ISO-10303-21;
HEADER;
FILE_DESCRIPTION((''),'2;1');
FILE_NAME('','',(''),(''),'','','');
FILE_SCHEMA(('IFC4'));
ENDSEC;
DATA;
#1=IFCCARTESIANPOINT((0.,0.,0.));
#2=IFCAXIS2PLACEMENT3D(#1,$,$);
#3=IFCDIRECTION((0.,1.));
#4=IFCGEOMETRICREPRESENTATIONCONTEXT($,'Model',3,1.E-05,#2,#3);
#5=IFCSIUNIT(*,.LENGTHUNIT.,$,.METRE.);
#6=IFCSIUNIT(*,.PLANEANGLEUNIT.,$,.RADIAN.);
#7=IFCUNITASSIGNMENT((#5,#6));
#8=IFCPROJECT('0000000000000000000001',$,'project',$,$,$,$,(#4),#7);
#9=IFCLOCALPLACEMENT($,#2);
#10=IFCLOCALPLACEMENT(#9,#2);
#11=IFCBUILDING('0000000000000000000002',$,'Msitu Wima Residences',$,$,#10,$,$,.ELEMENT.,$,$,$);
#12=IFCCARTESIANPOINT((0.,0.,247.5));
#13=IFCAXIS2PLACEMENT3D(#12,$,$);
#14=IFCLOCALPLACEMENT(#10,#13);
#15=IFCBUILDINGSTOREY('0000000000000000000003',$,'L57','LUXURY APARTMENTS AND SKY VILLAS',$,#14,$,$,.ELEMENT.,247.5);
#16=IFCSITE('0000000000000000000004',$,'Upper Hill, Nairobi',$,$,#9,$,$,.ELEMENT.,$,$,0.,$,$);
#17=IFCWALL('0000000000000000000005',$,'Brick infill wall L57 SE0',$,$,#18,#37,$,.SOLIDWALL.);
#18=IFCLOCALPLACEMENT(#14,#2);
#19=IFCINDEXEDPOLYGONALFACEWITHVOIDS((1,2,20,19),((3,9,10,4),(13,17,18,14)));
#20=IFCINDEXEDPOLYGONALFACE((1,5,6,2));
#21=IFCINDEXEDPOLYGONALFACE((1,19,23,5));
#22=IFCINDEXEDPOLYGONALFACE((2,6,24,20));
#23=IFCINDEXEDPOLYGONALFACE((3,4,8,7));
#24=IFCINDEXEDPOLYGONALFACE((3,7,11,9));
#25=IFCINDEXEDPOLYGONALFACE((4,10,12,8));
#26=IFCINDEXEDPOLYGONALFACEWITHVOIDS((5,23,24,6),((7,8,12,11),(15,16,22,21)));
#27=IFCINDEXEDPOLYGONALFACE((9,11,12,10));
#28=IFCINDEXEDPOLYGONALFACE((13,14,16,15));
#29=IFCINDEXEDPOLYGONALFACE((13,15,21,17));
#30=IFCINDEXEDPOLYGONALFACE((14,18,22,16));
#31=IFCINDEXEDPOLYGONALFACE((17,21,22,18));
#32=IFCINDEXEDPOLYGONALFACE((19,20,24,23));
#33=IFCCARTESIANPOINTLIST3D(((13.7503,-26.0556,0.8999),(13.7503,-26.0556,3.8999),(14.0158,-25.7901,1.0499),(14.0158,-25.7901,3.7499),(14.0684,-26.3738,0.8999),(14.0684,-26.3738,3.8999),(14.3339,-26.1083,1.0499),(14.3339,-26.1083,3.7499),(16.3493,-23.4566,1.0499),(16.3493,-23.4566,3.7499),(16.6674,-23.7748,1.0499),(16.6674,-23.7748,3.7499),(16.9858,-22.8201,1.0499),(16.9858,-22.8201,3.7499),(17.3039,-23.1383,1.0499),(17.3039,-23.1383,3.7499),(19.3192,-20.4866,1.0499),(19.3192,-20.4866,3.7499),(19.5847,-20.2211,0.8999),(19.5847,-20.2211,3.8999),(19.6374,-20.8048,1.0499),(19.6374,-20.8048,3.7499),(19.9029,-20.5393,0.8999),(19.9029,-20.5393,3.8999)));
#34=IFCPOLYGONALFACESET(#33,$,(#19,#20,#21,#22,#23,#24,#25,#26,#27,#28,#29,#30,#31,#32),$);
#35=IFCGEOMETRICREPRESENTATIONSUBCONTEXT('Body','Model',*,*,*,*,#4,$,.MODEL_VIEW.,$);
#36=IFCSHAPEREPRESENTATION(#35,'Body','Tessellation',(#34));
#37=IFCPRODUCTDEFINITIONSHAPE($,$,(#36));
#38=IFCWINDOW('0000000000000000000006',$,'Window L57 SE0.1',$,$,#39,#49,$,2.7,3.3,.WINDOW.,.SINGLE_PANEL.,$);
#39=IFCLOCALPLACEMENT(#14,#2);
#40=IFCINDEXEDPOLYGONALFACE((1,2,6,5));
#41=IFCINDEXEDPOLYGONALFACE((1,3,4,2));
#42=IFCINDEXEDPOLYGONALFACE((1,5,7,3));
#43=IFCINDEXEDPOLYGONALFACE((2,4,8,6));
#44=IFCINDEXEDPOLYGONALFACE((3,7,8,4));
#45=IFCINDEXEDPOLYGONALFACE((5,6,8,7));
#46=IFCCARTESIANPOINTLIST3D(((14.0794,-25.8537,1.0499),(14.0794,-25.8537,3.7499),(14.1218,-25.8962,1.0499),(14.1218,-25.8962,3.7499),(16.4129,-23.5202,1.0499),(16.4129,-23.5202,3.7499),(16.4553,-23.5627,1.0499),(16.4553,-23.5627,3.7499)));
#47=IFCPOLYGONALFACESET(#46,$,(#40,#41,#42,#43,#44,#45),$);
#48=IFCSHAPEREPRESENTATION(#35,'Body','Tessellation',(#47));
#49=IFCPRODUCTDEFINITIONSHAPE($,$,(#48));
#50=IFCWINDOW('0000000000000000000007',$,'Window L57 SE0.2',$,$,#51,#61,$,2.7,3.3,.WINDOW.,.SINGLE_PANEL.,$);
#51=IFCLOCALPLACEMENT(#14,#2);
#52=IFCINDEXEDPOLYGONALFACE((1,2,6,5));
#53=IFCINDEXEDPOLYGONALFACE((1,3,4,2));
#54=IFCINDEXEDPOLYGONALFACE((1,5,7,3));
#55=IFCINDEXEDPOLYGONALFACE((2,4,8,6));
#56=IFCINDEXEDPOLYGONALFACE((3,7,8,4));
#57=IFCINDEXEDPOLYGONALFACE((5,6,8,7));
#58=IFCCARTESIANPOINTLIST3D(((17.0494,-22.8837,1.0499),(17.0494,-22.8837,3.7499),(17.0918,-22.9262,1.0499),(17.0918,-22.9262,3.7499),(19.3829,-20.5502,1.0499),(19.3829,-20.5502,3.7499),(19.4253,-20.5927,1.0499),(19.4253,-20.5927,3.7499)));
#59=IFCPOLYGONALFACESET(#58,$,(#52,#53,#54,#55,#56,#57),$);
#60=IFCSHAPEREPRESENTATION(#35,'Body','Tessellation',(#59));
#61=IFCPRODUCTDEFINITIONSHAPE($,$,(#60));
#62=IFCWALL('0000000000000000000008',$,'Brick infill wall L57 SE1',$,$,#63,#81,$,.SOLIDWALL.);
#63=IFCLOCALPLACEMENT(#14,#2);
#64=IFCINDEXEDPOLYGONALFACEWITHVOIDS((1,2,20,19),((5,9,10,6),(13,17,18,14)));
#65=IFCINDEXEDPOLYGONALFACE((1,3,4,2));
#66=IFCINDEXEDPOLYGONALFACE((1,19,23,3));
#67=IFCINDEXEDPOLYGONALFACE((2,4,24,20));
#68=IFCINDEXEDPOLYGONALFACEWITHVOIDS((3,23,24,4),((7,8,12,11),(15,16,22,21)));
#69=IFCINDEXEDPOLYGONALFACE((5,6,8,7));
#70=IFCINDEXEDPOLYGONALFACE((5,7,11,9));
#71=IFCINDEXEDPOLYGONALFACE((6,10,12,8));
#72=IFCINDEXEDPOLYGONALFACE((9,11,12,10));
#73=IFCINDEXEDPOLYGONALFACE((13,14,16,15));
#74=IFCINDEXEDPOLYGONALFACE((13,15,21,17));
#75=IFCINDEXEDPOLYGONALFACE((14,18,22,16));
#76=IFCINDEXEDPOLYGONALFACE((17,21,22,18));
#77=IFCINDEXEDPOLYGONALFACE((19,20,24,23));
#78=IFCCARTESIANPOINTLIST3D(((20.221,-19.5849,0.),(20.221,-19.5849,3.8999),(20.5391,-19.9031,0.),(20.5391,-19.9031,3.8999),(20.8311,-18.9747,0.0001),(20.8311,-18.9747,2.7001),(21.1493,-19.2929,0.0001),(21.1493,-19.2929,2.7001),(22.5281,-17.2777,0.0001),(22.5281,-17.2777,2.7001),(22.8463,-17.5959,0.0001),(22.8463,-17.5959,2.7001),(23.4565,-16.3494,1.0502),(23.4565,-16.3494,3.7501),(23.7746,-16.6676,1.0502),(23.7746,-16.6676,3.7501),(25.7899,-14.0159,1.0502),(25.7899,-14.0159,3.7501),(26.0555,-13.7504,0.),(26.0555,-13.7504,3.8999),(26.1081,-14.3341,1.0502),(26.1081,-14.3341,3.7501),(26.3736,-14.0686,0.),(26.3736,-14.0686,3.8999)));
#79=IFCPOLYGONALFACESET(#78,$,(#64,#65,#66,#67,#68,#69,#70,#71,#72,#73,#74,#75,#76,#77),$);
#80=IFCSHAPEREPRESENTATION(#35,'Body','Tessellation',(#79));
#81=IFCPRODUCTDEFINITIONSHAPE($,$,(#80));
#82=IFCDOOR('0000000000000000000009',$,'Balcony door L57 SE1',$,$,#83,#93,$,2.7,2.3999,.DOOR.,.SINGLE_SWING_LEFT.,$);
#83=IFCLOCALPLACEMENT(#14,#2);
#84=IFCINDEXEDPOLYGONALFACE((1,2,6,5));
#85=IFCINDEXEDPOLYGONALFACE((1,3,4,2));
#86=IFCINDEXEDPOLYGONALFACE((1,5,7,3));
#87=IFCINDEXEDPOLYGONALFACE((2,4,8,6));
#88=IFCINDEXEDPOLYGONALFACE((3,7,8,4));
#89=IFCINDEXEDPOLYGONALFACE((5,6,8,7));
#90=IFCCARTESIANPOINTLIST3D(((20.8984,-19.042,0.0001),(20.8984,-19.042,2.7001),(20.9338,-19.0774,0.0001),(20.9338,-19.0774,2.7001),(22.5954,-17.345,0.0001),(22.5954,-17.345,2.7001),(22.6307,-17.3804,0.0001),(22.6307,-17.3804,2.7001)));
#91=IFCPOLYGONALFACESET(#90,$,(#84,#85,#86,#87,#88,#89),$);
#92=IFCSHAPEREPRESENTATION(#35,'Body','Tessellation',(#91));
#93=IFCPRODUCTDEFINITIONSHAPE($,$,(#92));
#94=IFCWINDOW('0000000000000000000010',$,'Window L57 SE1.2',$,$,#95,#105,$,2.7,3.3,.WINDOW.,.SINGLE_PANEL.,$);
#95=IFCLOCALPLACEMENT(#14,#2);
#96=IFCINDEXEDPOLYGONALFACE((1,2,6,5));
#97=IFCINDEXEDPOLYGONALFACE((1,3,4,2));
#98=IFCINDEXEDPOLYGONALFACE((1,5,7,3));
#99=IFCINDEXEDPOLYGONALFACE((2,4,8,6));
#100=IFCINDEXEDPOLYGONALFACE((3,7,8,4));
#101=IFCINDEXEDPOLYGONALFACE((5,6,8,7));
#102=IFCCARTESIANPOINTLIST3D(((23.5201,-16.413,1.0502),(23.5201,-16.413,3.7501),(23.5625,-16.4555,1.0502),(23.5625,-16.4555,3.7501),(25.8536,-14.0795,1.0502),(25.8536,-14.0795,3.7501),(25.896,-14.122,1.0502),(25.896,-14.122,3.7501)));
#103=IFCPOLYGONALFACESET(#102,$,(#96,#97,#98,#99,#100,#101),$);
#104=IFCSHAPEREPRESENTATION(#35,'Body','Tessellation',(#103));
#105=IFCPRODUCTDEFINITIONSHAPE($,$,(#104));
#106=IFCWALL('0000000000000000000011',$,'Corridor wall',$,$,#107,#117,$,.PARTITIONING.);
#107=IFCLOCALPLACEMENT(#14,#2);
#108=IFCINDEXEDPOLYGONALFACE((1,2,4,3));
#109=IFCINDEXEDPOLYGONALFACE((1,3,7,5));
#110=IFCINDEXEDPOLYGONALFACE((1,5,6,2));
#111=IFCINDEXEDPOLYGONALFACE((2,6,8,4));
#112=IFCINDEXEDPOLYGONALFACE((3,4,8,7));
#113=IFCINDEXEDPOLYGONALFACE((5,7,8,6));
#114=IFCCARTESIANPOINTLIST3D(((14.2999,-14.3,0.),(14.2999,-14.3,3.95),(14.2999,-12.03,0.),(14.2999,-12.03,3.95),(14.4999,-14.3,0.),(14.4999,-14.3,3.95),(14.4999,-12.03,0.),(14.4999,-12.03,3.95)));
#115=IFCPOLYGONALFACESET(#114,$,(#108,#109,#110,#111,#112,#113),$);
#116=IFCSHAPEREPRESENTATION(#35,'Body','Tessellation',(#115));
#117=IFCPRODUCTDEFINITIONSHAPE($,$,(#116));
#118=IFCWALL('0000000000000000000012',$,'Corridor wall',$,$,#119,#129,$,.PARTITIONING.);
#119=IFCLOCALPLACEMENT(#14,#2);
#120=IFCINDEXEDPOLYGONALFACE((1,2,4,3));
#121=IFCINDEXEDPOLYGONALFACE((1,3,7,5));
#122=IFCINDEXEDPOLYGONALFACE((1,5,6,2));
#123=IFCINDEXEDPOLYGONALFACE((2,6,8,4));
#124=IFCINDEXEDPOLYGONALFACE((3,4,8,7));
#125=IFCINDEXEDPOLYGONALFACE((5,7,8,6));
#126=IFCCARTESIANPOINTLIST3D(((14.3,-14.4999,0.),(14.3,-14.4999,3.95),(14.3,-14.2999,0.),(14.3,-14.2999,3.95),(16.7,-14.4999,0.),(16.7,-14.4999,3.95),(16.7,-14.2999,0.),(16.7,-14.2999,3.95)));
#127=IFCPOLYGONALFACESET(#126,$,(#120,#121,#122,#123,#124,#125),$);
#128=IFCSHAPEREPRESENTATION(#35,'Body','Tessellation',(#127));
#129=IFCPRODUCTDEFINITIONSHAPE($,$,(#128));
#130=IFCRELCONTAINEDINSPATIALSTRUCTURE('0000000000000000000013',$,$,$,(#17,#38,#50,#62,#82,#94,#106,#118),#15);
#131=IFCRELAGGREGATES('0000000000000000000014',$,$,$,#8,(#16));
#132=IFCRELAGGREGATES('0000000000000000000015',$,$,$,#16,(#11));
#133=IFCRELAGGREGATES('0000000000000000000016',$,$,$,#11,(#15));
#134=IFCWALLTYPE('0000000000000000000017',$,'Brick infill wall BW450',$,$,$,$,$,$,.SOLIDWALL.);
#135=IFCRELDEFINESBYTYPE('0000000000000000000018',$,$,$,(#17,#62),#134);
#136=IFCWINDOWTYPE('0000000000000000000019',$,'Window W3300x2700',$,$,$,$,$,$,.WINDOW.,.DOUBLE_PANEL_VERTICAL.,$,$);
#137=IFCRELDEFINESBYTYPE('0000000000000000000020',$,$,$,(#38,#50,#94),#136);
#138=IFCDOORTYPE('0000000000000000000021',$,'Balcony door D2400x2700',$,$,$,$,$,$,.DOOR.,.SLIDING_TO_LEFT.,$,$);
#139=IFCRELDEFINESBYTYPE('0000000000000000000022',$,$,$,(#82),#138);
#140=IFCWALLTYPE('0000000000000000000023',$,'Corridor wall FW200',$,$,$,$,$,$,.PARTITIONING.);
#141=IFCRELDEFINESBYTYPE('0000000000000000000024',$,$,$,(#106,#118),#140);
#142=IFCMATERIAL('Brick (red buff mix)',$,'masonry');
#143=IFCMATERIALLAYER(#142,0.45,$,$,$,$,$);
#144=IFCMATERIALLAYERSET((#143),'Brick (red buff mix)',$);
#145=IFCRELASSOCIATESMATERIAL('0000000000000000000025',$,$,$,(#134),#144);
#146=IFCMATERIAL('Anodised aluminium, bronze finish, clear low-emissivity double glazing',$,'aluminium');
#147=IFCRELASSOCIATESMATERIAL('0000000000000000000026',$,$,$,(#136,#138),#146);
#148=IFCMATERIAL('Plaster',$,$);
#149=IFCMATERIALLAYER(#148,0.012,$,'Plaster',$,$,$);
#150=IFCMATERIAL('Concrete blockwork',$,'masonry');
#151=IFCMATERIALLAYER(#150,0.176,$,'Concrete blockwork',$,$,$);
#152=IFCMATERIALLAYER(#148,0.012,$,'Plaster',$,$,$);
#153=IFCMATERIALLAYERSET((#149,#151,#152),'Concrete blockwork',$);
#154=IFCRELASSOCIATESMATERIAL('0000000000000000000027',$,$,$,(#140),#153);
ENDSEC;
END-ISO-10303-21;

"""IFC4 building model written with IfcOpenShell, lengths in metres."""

from ifc_helpers import new_model, si_unit, direction, frame, frame_2d, origin, place, context, subcontext, project, spatial, rectangle, extrude, material, layer, layer_set, type_object, element, fill, save


model = new_model("IFC4")

# Units and contexts
model_context = context("Model", 3, precision=1e-05, world=origin(), true_north=direction((0.0, 1.0)))
body_context = subcontext(model_context, "Body", "Model", "MODEL_VIEW")
ifc_project = project(units=[si_unit("LENGTHUNIT", "METRE"), si_unit("PLANEANGLEUNIT", "RADIAN")], contexts=[model_context])

# Site, building, storey
site_placement = place(None, origin())
site = spatial("IfcSite", under=ifc_project, at=site_placement, Name="Upper Hill, Nairobi", CompositionType="ELEMENT", RefElevation=0.0)
building_placement = place(site_placement, origin())
building = spatial("IfcBuilding", under=site, at=building_placement, Name="Msitu Wima Residences", CompositionType="ELEMENT")
storey_placement = place(building_placement, frame((0.0, 0.0, 247.5)))
storey = spatial("IfcBuildingStorey", under=building, at=storey_placement, Name="L57", Description="LUXURY APARTMENTS AND SKY VILLAS", CompositionType="ELEMENT", Elevation=247.5)

# Wall, openings, windows
ifc_material_1 = material(Name="Brick (red buff mix)", Category="masonry")
ifc_layer_1 = layer(ifc_material_1, 0.45)
ifc_layer_set_1 = layer_set([ifc_layer_1], Name="Brick (red buff mix)")
wall_type_1 = type_object("IfcWallType", Name="Brick infill wall BW450", PredefinedType="SOLIDWALL", material=ifc_layer_set_1)
wall_1_placement = place(storey_placement, frame((13.9094, -26.2146, 0.8999), z_axis=(0.0, 0.0, 1.0), x_axis=(0.707107, 0.707107, 0.0)))
wall_1 = element("IfcWall", 1, at=wall_1_placement, inside=storey, type_object=wall_type_1, Name="Brick infill wall L57 SE0", PredefinedType="SOLIDWALL", context=body_context, shape_type="SweptSolid", body=[
    extrude(rectangle(XDim=8.2512, YDim=0.45, at=frame_2d((4.1255, 0.0))), origin(), (0.0, 0.0, 1.0), 3.0),
])
opening_1_placement = place(wall_1_placement, frame((0.3755, 0.0, 0.1499)))
opening_1 = element("IfcOpeningElement", 2, at=opening_1_placement, cuts=wall_1, PredefinedType="OPENING", context=body_context, shape_type="SweptSolid", body=[
    extrude(rectangle(XDim=3.3, YDim=2.7, at=frame_2d((1.6499, 1.3501))), frame((0.0, 0.2349, 0.0), z_axis=(0.0, -1.0, 0.0), x_axis=(1.0, 0.0, 0.0)), (0.0, 0.0, 1.0), 0.47),
])
opening_2_placement = place(wall_1_placement, frame((4.5757, 0.0, 0.1499)))
opening_2 = element("IfcOpeningElement", 3, at=opening_2_placement, cuts=wall_1, PredefinedType="OPENING", context=body_context, shape_type="SweptSolid", body=[
    extrude(rectangle(XDim=3.3, YDim=2.7, at=frame_2d((1.6499, 1.3501))), frame((0.0, 0.2349, 0.0), z_axis=(0.0, -1.0, 0.0), x_axis=(1.0, 0.0, 0.0)), (0.0, 0.0, 1.0), 0.47),
])
ifc_material_2 = material(Name="Anodised aluminium, bronze finish, clear low-emissivity double glazing", Category="aluminium")
window_type = type_object("IfcWindowType", Name="Window W3300x2700", PartitioningType="DOUBLE_PANEL_VERTICAL", PredefinedType="WINDOW", material=ifc_material_2)
window_1_placement = place(opening_1_placement, origin())
window_1 = element("IfcWindow", 4, at=window_1_placement, inside=storey, type_object=window_type, Name="Window L57 SE0.1", OverallHeight=2.7, OverallWidth=3.3, PartitioningType="SINGLE_PANEL", PredefinedType="WINDOW", context=body_context, shape_type="SweptSolid", body=[
    extrude(rectangle(XDim=3.3, YDim=2.7, at=frame_2d((1.6499, 1.3501))), frame((0.0, 0.135, 0.0), z_axis=(0.0, -1.0, 0.0), x_axis=(1.0, 0.0, 0.0)), (0.0, 0.0, 1.0), 0.0601),
])
fill(opening_1, window_1)
window_2_placement = place(opening_2_placement, origin())
window_2 = element("IfcWindow", 5, at=window_2_placement, inside=storey, type_object=window_type, Name="Window L57 SE0.2", OverallHeight=2.7, OverallWidth=3.3, PartitioningType="SINGLE_PANEL", PredefinedType="WINDOW", context=body_context, shape_type="SweptSolid", body=[
    extrude(rectangle(XDim=3.3, YDim=2.7, at=frame_2d((1.6499, 1.3501))), frame((0.0, 0.135, 0.0), z_axis=(0.0, -1.0, 0.0), x_axis=(1.0, 0.0, 0.0)), (0.0, 0.0, 1.0), 0.0601),
])
fill(opening_2, window_2)

# Wall, openings, door, window
wall_2_placement = place(storey_placement, frame((20.3801, -19.7439, 0.0), z_axis=(0.0, 0.0, 1.0), x_axis=(0.707107, 0.707107, 0.0)))
wall_2 = element("IfcWall", 6, at=wall_2_placement, inside=storey, type_object=wall_type_1, Name="Brick infill wall L57 SE1", PredefinedType="SOLIDWALL", context=body_context, shape_type="SweptSolid", body=[
    extrude(rectangle(XDim=8.2512, YDim=0.45, at=frame_2d((4.1255, 0.0))), origin(), (0.0, 0.0, 1.0), 3.8999),
])
opening_3_placement = place(wall_2_placement, frame((0.8628, 0.0, 0.0)))
opening_3 = element("IfcOpeningElement", 7, at=opening_3_placement, cuts=wall_2, PredefinedType="OPENING", context=body_context, shape_type="SweptSolid", body=[
    extrude(rectangle(XDim=2.3999, YDim=2.7, at=frame_2d((1.2, 1.3501))), frame((0.0, 0.2349, 0.0), z_axis=(0.0, -1.0, 0.0), x_axis=(1.0, 0.0, 0.0)), (0.0, 0.0, 1.0), 0.47),
])
opening_4_placement = place(wall_2_placement, frame((4.5757, 0.0, 1.05)))
opening_4 = element("IfcOpeningElement", 8, at=opening_4_placement, cuts=wall_2, PredefinedType="OPENING", context=body_context, shape_type="SweptSolid", body=[
    extrude(rectangle(XDim=3.3, YDim=2.7, at=frame_2d((1.6499, 1.3501))), frame((0.0, 0.2349, 0.0), z_axis=(0.0, -1.0, 0.0), x_axis=(1.0, 0.0, 0.0)), (0.0, 0.0, 1.0), 0.47),
])
door_type_1 = type_object("IfcDoorType", Name="Balcony door D2400x2700", OperationType="SLIDING_TO_LEFT", PredefinedType="DOOR", material=ifc_material_2)
door_1_placement = place(opening_3_placement, origin())
door_1 = element("IfcDoor", 9, at=door_1_placement, inside=storey, type_object=door_type_1, Name="Balcony door L57 SE1", OperationType="SINGLE_SWING_LEFT", OverallHeight=2.7, OverallWidth=2.3999, PredefinedType="DOOR", context=body_context, shape_type="SweptSolid", body=[
    extrude(rectangle(XDim=2.3999, YDim=2.7, at=frame_2d((1.2, 1.3501))), frame((0.0, 0.1299, 0.0), z_axis=(0.0, -1.0, 0.0), x_axis=(1.0, 0.0, 0.0)), (0.0, 0.0, 1.0), 0.05),
])
fill(opening_3, door_1)
window_3_placement = place(opening_4_placement, origin())
window_3 = element("IfcWindow", 10, at=window_3_placement, inside=storey, type_object=window_type, Name="Window L57 SE1.2", OverallHeight=2.7, OverallWidth=3.3, PartitioningType="SINGLE_PANEL", PredefinedType="WINDOW", context=body_context, shape_type="SweptSolid", body=[
    extrude(rectangle(XDim=3.3, YDim=2.7, at=frame_2d((1.6499, 1.3501))), frame((0.0, 0.135, 0.0), z_axis=(0.0, -1.0, 0.0), x_axis=(1.0, 0.0, 0.0)), (0.0, 0.0, 1.0), 0.0601),
])
fill(opening_4, window_3)

# Walls
ifc_material_3 = material(Name="Plaster")
ifc_layer_2 = layer(ifc_material_3, 0.012, Name="Plaster")
ifc_material_4 = material(Name="Concrete blockwork", Category="masonry")
ifc_layer_3 = layer(ifc_material_4, 0.176, Name="Concrete blockwork")
ifc_layer_4 = layer(ifc_material_3, 0.012, Name="Plaster")
ifc_layer_set_2 = layer_set([ifc_layer_2, ifc_layer_3, ifc_layer_4], Name="Concrete blockwork")
wall_type_2 = type_object("IfcWallType", Name="Corridor wall FW200", PredefinedType="PARTITIONING", material=ifc_layer_set_2)
wall_3_placement = place(storey_placement, frame((14.3999, -14.3, 0.0), z_axis=(0.0, 0.0, 1.0), x_axis=(0.0, 1.0, 0.0)))
element("IfcWall", 11, at=wall_3_placement, inside=storey, type_object=wall_type_2, Name="Corridor wall", PredefinedType="PARTITIONING", context=body_context, shape_type="SweptSolid", body=[
    extrude(rectangle(XDim=2.27, YDim=0.2, at=frame_2d((1.135, 0.0))), origin(), (0.0, 0.0, 1.0), 3.95),
])
wall_4_placement = place(storey_placement, frame((14.3, -14.3999, 0.0), z_axis=(0.0, 0.0, 1.0), x_axis=(1.0, 0.0, 0.0)))
element("IfcWall", 12, at=wall_4_placement, inside=storey, type_object=wall_type_2, Name="Corridor wall", PredefinedType="PARTITIONING", context=body_context, shape_type="SweptSolid", body=[
    extrude(rectangle(XDim=2.3999, YDim=0.2, at=frame_2d((1.2, 0.0))), origin(), (0.0, 0.0, 1.0), 3.95),
])

save(model, "model.ifc")
